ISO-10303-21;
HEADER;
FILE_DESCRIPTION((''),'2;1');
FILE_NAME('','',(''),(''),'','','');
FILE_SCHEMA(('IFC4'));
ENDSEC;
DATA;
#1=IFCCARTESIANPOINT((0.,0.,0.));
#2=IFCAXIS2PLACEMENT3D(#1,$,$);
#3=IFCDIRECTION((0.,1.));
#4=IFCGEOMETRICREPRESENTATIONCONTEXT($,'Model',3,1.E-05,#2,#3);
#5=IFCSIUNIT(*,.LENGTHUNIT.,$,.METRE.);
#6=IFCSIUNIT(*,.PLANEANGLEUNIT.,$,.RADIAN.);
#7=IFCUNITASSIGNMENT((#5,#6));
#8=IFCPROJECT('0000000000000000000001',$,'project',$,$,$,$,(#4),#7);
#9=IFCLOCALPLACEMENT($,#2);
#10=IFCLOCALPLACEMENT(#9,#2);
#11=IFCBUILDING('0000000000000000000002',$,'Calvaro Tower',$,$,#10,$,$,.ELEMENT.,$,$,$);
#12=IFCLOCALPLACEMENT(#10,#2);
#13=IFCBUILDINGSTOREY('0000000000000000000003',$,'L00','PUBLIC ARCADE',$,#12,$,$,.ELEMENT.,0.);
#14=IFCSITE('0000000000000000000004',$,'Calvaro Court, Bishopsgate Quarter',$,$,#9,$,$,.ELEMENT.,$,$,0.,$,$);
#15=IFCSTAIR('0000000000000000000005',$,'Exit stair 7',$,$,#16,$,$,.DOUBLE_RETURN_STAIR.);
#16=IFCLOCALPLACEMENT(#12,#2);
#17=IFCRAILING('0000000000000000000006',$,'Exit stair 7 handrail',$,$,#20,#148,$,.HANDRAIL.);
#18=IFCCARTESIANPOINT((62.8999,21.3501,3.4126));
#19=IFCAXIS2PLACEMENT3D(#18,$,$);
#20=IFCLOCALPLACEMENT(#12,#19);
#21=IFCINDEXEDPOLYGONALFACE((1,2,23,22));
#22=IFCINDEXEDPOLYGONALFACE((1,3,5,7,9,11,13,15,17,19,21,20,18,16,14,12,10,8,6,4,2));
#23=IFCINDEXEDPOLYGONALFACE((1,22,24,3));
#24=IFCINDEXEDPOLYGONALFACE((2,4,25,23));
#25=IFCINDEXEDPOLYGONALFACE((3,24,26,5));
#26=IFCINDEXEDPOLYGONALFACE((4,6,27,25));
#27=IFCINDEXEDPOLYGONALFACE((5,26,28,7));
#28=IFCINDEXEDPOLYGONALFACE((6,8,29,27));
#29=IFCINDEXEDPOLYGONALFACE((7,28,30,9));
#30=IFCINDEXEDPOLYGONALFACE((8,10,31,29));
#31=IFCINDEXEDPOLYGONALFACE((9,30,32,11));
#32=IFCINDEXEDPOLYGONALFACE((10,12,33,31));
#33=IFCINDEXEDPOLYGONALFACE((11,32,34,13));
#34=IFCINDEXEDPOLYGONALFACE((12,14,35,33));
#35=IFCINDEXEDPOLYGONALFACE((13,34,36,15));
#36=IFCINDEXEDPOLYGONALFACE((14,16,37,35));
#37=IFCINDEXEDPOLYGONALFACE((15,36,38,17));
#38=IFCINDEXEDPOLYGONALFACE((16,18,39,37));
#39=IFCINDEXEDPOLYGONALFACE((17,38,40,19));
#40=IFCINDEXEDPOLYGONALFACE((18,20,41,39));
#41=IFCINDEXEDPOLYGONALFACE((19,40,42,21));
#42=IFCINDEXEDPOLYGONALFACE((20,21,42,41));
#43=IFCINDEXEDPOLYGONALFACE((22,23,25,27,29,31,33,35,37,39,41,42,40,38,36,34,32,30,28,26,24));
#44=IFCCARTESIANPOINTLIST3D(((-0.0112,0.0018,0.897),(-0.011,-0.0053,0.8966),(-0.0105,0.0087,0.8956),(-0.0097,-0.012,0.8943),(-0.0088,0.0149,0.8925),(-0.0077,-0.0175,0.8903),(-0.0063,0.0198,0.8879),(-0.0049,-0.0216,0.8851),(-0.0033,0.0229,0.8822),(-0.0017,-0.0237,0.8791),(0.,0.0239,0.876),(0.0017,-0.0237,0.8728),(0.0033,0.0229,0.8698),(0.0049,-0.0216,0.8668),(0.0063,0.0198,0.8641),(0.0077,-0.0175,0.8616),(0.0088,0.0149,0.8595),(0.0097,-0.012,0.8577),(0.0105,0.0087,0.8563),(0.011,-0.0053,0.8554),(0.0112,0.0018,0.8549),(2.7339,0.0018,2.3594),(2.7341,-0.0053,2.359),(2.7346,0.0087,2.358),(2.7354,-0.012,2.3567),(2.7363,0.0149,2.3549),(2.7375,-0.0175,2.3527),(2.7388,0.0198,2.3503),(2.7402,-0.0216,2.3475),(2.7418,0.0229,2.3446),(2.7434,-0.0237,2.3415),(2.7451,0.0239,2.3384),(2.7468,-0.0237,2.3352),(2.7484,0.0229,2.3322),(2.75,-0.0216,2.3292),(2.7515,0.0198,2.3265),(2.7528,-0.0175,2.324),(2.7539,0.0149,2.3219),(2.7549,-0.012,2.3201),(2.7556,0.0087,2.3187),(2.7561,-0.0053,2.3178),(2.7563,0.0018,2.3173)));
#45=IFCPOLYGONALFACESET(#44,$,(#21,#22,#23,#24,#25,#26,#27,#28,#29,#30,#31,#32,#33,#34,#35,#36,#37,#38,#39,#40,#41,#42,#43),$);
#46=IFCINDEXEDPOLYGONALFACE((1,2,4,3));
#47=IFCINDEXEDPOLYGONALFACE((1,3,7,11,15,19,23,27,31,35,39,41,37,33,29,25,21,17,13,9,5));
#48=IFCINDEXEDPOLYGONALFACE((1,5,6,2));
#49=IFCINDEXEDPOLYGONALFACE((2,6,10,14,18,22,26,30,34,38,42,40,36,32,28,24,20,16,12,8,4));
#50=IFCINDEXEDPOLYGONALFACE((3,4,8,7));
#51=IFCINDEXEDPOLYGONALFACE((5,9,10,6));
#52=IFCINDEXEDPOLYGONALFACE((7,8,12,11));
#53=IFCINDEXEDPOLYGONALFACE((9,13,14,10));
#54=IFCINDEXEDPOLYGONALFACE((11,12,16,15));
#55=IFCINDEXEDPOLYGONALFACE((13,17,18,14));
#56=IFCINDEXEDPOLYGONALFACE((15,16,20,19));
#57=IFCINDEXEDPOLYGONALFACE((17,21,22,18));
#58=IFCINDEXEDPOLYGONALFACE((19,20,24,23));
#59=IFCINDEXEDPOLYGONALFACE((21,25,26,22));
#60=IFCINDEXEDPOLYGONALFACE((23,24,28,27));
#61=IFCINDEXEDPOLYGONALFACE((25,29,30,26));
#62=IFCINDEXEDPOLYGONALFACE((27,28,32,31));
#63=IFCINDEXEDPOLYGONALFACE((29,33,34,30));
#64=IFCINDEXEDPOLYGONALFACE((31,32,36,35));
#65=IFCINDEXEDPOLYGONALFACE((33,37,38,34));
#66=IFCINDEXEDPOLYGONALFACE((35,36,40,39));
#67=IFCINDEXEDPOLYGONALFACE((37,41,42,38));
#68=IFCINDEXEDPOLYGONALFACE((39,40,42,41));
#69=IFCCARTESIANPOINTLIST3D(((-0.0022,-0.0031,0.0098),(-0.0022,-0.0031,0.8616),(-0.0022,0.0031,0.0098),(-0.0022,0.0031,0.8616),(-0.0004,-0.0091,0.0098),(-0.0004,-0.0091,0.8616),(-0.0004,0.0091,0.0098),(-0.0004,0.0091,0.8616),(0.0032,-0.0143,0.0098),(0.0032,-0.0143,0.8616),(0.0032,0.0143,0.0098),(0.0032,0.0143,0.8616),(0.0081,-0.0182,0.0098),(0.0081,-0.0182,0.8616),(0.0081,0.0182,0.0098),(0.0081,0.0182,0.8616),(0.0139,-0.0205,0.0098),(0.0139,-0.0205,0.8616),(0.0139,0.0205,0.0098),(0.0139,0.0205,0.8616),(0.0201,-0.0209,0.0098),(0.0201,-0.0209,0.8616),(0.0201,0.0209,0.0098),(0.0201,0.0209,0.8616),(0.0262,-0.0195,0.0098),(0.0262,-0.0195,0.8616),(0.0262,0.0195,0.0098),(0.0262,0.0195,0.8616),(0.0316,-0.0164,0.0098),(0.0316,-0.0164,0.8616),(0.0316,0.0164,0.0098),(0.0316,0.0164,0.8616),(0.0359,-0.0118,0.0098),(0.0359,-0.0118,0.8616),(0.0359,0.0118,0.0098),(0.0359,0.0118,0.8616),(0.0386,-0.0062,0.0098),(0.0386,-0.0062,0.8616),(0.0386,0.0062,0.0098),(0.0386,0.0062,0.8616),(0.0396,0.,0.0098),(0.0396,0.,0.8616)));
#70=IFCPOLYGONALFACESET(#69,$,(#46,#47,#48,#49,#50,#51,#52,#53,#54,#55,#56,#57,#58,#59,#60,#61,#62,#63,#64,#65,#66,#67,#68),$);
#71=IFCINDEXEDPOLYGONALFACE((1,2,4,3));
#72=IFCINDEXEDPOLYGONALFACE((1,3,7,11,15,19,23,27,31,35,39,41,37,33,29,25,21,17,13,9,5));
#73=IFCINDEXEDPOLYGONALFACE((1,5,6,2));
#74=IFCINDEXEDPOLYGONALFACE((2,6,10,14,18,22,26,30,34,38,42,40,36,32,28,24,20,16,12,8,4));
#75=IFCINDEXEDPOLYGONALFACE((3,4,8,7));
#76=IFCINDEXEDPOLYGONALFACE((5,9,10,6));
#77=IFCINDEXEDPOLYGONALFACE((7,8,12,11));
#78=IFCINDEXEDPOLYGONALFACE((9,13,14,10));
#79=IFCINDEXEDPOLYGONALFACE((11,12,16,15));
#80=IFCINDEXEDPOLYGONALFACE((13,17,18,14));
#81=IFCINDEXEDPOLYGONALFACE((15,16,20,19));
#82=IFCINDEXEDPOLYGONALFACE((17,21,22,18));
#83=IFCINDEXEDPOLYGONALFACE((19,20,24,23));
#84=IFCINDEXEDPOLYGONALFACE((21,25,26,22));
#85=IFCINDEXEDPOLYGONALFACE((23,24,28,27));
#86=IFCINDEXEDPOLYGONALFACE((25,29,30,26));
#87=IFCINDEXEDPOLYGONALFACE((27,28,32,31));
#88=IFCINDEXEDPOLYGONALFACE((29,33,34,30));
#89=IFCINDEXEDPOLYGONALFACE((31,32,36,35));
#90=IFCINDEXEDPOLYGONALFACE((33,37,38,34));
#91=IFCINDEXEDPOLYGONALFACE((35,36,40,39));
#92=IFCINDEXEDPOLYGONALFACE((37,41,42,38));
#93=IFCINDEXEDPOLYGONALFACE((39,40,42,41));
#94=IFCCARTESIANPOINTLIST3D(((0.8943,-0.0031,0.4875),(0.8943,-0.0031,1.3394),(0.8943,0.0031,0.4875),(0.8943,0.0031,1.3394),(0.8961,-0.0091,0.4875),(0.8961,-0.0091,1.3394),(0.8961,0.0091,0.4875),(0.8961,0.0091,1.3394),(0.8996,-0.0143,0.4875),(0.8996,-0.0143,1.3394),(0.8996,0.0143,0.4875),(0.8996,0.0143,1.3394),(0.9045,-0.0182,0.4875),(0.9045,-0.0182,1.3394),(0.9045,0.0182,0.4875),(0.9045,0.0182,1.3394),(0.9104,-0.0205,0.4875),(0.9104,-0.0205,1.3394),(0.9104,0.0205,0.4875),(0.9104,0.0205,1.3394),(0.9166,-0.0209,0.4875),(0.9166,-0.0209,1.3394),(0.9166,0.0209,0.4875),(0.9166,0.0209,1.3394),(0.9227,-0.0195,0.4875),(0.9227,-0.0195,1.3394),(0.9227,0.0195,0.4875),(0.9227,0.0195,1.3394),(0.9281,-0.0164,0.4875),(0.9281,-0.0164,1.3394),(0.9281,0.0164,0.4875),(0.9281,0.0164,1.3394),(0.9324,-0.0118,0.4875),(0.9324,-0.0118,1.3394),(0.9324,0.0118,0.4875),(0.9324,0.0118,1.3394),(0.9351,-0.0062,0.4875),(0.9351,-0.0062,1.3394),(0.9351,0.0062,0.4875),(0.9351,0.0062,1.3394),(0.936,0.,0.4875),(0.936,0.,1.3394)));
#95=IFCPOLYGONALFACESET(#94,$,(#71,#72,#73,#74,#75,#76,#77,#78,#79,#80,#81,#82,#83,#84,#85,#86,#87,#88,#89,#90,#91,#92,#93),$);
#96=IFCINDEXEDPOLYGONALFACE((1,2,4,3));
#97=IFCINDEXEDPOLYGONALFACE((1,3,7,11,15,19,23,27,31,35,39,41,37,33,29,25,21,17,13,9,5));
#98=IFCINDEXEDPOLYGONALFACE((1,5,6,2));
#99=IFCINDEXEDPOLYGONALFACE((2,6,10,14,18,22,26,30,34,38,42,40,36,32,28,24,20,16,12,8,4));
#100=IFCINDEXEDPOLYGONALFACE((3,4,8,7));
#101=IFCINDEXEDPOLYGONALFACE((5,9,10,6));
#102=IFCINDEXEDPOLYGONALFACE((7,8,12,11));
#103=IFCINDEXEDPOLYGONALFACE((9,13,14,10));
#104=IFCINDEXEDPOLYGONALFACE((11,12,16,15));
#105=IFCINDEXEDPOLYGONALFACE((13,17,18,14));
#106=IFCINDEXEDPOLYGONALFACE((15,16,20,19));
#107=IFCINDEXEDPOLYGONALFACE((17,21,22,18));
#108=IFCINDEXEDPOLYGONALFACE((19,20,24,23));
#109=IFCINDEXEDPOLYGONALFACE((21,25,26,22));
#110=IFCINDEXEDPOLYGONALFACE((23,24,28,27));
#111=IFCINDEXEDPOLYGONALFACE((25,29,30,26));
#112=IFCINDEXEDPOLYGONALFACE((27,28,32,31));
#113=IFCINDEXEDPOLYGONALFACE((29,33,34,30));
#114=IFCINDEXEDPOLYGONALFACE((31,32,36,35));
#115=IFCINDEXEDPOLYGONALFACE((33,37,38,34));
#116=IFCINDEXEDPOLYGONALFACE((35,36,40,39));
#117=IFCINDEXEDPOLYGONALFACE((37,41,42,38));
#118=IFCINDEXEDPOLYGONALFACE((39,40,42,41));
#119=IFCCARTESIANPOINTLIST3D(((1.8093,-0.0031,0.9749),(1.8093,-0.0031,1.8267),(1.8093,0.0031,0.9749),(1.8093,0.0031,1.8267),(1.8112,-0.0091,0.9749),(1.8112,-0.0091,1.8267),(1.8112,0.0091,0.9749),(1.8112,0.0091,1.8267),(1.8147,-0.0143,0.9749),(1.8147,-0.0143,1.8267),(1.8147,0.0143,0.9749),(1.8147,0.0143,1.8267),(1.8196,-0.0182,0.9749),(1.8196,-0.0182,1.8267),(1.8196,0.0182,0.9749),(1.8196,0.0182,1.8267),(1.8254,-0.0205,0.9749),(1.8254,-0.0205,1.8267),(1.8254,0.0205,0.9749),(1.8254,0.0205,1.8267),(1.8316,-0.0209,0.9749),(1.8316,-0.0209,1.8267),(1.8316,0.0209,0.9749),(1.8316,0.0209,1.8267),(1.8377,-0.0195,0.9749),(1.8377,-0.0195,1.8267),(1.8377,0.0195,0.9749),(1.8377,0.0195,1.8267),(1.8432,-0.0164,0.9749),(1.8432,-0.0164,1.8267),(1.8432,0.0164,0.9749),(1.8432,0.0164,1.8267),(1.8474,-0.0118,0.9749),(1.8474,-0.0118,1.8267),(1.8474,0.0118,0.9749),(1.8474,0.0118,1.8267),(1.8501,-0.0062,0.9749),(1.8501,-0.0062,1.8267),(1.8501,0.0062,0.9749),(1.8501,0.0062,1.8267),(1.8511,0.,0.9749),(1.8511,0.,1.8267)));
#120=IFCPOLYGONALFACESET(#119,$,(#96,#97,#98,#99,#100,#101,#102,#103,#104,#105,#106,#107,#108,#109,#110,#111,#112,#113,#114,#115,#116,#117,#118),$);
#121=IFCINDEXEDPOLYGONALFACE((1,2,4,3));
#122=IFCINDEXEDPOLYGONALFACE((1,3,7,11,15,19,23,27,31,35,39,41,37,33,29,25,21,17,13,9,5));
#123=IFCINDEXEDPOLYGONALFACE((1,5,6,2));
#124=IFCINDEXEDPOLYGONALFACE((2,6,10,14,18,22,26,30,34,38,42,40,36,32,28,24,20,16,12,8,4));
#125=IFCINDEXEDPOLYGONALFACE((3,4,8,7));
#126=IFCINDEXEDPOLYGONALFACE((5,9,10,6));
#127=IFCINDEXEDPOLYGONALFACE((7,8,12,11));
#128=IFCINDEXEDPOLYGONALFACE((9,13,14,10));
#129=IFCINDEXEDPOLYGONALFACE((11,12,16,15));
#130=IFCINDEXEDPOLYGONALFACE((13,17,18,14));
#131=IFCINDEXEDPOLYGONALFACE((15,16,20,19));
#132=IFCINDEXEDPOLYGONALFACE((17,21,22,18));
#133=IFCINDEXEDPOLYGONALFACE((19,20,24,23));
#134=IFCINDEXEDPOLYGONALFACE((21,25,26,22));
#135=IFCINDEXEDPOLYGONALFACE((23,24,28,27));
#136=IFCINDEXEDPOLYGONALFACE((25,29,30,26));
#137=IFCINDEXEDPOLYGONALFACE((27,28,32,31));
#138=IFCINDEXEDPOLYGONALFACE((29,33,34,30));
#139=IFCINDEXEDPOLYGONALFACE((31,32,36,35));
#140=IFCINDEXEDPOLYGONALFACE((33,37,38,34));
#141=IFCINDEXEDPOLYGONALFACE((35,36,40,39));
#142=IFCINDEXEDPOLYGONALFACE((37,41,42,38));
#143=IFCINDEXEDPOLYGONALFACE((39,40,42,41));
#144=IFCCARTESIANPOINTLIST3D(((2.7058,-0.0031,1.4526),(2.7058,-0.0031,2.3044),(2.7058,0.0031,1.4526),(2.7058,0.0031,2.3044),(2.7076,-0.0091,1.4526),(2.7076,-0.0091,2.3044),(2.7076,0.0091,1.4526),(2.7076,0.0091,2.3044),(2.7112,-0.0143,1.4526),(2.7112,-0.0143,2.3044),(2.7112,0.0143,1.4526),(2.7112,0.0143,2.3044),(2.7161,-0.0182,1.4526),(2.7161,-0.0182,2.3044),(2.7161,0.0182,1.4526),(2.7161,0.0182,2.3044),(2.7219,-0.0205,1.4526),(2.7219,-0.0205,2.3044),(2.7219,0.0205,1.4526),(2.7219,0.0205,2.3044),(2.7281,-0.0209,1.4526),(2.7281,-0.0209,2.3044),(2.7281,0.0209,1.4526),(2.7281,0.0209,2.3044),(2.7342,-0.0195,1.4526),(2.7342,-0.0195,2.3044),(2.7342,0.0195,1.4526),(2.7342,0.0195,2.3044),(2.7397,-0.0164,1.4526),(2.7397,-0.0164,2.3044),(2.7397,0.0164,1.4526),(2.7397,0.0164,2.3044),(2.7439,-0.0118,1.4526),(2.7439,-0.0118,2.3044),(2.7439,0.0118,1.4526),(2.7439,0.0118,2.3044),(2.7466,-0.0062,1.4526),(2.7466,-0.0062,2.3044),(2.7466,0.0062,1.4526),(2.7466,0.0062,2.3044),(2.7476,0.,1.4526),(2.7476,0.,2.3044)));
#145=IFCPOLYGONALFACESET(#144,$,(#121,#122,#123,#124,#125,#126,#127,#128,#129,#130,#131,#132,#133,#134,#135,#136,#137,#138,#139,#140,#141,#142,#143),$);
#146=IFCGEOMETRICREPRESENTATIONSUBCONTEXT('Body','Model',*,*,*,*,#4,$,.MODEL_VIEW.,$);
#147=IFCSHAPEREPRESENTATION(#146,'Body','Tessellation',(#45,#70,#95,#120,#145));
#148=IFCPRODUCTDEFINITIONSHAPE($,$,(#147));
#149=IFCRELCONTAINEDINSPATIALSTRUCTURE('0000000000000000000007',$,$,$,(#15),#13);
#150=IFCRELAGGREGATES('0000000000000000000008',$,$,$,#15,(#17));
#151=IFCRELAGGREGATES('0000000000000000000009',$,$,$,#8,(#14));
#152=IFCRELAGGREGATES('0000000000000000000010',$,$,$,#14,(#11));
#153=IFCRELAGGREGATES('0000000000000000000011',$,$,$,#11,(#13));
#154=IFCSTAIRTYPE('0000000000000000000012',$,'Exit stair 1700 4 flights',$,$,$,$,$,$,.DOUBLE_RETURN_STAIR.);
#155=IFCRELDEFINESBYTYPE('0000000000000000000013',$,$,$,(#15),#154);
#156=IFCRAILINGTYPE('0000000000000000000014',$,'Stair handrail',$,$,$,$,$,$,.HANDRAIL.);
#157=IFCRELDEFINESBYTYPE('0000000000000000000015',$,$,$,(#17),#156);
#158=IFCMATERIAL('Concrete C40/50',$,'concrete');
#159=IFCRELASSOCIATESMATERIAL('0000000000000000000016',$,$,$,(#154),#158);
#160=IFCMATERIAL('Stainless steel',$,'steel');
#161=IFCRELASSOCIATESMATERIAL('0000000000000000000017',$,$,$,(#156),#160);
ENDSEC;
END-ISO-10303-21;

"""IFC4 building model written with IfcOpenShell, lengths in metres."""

from ifc_helpers import new_model, si_unit, direction, frame, origin, origin_2d, place, context, subcontext, project, spatial, circle, extrude, material, type_object, element, aggregate, save


model = new_model("IFC4")

# Units and contexts
model_context = context("Model", 3, precision=1e-05, world=origin(), true_north=direction((0.0, 1.0)))
body_context = subcontext(model_context, "Body", "Model", "MODEL_VIEW")
ifc_project = project(units=[si_unit("LENGTHUNIT", "METRE"), si_unit("PLANEANGLEUNIT", "RADIAN")], contexts=[model_context])

# Site, building, storey
site_placement = place(None, origin())
site = spatial("IfcSite", under=ifc_project, at=site_placement, Name="Calvaro Court, Bishopsgate Quarter", CompositionType="ELEMENT", RefElevation=0.0)
building_placement = place(site_placement, origin())
building = spatial("IfcBuilding", under=site, at=building_placement, Name="Calvaro Tower", CompositionType="ELEMENT")
storey_placement = place(building_placement, origin())
storey = spatial("IfcBuildingStorey", under=building, at=storey_placement, Name="L00", Description="PUBLIC ARCADE", CompositionType="ELEMENT", Elevation=0.0)

# Stair, railing
ifc_material_1 = material(Name="Concrete C40/50", Category="concrete")
stair_type = type_object("IfcStairType", Name="Exit stair 1700 4 flights", PredefinedType="DOUBLE_RETURN_STAIR", material=ifc_material_1)
stair_placement = place(storey_placement, origin())
stair = element("IfcStair", 1, at=stair_placement, inside=storey, type_object=stair_type, Name="Exit stair 7", PredefinedType="DOUBLE_RETURN_STAIR")
ifc_material_2 = material(Name="Stainless steel", Category="steel")
railing_type = type_object("IfcRailingType", Name="Stair handrail", PredefinedType="HANDRAIL", material=ifc_material_2)
railing_1_placement = place(storey_placement, frame((62.8999, 21.3501, 3.4126)))
railing_1 = element("IfcRailing", 2, at=railing_1_placement, type_object=railing_type, Name="Exit stair 7 handrail", PredefinedType="HANDRAIL", context=body_context, shape_type="SweptSolid", body=[
    extrude(circle(Radius=0.0239, at=origin_2d()), frame((0.0, 0.0, 0.876), z_axis=(0.882574, 0.0, 0.470173), x_axis=(0.0, 1.0, 0.0)), (0.0, 0.0, 1.0), 3.1104),
    extrude(circle(Radius=0.021, at=origin_2d()), frame((0.0186, 0.0, 0.0098)), (0.0, 0.0, 1.0), 0.8518),
    extrude(circle(Radius=0.021, at=origin_2d()), frame((0.915, 0.0, 0.4875)), (0.0, 0.0, 1.0), 0.8518),
    extrude(circle(Radius=0.021, at=origin_2d()), frame((1.8301, 0.0, 0.9749)), (0.0, 0.0, 1.0), 0.8518),
    extrude(circle(Radius=0.021, at=origin_2d()), frame((2.7266, 0.0, 1.4526)), (0.0, 0.0, 1.0), 0.8518),
])
aggregate(stair, [railing_1])

save(model, "model.ifc")
